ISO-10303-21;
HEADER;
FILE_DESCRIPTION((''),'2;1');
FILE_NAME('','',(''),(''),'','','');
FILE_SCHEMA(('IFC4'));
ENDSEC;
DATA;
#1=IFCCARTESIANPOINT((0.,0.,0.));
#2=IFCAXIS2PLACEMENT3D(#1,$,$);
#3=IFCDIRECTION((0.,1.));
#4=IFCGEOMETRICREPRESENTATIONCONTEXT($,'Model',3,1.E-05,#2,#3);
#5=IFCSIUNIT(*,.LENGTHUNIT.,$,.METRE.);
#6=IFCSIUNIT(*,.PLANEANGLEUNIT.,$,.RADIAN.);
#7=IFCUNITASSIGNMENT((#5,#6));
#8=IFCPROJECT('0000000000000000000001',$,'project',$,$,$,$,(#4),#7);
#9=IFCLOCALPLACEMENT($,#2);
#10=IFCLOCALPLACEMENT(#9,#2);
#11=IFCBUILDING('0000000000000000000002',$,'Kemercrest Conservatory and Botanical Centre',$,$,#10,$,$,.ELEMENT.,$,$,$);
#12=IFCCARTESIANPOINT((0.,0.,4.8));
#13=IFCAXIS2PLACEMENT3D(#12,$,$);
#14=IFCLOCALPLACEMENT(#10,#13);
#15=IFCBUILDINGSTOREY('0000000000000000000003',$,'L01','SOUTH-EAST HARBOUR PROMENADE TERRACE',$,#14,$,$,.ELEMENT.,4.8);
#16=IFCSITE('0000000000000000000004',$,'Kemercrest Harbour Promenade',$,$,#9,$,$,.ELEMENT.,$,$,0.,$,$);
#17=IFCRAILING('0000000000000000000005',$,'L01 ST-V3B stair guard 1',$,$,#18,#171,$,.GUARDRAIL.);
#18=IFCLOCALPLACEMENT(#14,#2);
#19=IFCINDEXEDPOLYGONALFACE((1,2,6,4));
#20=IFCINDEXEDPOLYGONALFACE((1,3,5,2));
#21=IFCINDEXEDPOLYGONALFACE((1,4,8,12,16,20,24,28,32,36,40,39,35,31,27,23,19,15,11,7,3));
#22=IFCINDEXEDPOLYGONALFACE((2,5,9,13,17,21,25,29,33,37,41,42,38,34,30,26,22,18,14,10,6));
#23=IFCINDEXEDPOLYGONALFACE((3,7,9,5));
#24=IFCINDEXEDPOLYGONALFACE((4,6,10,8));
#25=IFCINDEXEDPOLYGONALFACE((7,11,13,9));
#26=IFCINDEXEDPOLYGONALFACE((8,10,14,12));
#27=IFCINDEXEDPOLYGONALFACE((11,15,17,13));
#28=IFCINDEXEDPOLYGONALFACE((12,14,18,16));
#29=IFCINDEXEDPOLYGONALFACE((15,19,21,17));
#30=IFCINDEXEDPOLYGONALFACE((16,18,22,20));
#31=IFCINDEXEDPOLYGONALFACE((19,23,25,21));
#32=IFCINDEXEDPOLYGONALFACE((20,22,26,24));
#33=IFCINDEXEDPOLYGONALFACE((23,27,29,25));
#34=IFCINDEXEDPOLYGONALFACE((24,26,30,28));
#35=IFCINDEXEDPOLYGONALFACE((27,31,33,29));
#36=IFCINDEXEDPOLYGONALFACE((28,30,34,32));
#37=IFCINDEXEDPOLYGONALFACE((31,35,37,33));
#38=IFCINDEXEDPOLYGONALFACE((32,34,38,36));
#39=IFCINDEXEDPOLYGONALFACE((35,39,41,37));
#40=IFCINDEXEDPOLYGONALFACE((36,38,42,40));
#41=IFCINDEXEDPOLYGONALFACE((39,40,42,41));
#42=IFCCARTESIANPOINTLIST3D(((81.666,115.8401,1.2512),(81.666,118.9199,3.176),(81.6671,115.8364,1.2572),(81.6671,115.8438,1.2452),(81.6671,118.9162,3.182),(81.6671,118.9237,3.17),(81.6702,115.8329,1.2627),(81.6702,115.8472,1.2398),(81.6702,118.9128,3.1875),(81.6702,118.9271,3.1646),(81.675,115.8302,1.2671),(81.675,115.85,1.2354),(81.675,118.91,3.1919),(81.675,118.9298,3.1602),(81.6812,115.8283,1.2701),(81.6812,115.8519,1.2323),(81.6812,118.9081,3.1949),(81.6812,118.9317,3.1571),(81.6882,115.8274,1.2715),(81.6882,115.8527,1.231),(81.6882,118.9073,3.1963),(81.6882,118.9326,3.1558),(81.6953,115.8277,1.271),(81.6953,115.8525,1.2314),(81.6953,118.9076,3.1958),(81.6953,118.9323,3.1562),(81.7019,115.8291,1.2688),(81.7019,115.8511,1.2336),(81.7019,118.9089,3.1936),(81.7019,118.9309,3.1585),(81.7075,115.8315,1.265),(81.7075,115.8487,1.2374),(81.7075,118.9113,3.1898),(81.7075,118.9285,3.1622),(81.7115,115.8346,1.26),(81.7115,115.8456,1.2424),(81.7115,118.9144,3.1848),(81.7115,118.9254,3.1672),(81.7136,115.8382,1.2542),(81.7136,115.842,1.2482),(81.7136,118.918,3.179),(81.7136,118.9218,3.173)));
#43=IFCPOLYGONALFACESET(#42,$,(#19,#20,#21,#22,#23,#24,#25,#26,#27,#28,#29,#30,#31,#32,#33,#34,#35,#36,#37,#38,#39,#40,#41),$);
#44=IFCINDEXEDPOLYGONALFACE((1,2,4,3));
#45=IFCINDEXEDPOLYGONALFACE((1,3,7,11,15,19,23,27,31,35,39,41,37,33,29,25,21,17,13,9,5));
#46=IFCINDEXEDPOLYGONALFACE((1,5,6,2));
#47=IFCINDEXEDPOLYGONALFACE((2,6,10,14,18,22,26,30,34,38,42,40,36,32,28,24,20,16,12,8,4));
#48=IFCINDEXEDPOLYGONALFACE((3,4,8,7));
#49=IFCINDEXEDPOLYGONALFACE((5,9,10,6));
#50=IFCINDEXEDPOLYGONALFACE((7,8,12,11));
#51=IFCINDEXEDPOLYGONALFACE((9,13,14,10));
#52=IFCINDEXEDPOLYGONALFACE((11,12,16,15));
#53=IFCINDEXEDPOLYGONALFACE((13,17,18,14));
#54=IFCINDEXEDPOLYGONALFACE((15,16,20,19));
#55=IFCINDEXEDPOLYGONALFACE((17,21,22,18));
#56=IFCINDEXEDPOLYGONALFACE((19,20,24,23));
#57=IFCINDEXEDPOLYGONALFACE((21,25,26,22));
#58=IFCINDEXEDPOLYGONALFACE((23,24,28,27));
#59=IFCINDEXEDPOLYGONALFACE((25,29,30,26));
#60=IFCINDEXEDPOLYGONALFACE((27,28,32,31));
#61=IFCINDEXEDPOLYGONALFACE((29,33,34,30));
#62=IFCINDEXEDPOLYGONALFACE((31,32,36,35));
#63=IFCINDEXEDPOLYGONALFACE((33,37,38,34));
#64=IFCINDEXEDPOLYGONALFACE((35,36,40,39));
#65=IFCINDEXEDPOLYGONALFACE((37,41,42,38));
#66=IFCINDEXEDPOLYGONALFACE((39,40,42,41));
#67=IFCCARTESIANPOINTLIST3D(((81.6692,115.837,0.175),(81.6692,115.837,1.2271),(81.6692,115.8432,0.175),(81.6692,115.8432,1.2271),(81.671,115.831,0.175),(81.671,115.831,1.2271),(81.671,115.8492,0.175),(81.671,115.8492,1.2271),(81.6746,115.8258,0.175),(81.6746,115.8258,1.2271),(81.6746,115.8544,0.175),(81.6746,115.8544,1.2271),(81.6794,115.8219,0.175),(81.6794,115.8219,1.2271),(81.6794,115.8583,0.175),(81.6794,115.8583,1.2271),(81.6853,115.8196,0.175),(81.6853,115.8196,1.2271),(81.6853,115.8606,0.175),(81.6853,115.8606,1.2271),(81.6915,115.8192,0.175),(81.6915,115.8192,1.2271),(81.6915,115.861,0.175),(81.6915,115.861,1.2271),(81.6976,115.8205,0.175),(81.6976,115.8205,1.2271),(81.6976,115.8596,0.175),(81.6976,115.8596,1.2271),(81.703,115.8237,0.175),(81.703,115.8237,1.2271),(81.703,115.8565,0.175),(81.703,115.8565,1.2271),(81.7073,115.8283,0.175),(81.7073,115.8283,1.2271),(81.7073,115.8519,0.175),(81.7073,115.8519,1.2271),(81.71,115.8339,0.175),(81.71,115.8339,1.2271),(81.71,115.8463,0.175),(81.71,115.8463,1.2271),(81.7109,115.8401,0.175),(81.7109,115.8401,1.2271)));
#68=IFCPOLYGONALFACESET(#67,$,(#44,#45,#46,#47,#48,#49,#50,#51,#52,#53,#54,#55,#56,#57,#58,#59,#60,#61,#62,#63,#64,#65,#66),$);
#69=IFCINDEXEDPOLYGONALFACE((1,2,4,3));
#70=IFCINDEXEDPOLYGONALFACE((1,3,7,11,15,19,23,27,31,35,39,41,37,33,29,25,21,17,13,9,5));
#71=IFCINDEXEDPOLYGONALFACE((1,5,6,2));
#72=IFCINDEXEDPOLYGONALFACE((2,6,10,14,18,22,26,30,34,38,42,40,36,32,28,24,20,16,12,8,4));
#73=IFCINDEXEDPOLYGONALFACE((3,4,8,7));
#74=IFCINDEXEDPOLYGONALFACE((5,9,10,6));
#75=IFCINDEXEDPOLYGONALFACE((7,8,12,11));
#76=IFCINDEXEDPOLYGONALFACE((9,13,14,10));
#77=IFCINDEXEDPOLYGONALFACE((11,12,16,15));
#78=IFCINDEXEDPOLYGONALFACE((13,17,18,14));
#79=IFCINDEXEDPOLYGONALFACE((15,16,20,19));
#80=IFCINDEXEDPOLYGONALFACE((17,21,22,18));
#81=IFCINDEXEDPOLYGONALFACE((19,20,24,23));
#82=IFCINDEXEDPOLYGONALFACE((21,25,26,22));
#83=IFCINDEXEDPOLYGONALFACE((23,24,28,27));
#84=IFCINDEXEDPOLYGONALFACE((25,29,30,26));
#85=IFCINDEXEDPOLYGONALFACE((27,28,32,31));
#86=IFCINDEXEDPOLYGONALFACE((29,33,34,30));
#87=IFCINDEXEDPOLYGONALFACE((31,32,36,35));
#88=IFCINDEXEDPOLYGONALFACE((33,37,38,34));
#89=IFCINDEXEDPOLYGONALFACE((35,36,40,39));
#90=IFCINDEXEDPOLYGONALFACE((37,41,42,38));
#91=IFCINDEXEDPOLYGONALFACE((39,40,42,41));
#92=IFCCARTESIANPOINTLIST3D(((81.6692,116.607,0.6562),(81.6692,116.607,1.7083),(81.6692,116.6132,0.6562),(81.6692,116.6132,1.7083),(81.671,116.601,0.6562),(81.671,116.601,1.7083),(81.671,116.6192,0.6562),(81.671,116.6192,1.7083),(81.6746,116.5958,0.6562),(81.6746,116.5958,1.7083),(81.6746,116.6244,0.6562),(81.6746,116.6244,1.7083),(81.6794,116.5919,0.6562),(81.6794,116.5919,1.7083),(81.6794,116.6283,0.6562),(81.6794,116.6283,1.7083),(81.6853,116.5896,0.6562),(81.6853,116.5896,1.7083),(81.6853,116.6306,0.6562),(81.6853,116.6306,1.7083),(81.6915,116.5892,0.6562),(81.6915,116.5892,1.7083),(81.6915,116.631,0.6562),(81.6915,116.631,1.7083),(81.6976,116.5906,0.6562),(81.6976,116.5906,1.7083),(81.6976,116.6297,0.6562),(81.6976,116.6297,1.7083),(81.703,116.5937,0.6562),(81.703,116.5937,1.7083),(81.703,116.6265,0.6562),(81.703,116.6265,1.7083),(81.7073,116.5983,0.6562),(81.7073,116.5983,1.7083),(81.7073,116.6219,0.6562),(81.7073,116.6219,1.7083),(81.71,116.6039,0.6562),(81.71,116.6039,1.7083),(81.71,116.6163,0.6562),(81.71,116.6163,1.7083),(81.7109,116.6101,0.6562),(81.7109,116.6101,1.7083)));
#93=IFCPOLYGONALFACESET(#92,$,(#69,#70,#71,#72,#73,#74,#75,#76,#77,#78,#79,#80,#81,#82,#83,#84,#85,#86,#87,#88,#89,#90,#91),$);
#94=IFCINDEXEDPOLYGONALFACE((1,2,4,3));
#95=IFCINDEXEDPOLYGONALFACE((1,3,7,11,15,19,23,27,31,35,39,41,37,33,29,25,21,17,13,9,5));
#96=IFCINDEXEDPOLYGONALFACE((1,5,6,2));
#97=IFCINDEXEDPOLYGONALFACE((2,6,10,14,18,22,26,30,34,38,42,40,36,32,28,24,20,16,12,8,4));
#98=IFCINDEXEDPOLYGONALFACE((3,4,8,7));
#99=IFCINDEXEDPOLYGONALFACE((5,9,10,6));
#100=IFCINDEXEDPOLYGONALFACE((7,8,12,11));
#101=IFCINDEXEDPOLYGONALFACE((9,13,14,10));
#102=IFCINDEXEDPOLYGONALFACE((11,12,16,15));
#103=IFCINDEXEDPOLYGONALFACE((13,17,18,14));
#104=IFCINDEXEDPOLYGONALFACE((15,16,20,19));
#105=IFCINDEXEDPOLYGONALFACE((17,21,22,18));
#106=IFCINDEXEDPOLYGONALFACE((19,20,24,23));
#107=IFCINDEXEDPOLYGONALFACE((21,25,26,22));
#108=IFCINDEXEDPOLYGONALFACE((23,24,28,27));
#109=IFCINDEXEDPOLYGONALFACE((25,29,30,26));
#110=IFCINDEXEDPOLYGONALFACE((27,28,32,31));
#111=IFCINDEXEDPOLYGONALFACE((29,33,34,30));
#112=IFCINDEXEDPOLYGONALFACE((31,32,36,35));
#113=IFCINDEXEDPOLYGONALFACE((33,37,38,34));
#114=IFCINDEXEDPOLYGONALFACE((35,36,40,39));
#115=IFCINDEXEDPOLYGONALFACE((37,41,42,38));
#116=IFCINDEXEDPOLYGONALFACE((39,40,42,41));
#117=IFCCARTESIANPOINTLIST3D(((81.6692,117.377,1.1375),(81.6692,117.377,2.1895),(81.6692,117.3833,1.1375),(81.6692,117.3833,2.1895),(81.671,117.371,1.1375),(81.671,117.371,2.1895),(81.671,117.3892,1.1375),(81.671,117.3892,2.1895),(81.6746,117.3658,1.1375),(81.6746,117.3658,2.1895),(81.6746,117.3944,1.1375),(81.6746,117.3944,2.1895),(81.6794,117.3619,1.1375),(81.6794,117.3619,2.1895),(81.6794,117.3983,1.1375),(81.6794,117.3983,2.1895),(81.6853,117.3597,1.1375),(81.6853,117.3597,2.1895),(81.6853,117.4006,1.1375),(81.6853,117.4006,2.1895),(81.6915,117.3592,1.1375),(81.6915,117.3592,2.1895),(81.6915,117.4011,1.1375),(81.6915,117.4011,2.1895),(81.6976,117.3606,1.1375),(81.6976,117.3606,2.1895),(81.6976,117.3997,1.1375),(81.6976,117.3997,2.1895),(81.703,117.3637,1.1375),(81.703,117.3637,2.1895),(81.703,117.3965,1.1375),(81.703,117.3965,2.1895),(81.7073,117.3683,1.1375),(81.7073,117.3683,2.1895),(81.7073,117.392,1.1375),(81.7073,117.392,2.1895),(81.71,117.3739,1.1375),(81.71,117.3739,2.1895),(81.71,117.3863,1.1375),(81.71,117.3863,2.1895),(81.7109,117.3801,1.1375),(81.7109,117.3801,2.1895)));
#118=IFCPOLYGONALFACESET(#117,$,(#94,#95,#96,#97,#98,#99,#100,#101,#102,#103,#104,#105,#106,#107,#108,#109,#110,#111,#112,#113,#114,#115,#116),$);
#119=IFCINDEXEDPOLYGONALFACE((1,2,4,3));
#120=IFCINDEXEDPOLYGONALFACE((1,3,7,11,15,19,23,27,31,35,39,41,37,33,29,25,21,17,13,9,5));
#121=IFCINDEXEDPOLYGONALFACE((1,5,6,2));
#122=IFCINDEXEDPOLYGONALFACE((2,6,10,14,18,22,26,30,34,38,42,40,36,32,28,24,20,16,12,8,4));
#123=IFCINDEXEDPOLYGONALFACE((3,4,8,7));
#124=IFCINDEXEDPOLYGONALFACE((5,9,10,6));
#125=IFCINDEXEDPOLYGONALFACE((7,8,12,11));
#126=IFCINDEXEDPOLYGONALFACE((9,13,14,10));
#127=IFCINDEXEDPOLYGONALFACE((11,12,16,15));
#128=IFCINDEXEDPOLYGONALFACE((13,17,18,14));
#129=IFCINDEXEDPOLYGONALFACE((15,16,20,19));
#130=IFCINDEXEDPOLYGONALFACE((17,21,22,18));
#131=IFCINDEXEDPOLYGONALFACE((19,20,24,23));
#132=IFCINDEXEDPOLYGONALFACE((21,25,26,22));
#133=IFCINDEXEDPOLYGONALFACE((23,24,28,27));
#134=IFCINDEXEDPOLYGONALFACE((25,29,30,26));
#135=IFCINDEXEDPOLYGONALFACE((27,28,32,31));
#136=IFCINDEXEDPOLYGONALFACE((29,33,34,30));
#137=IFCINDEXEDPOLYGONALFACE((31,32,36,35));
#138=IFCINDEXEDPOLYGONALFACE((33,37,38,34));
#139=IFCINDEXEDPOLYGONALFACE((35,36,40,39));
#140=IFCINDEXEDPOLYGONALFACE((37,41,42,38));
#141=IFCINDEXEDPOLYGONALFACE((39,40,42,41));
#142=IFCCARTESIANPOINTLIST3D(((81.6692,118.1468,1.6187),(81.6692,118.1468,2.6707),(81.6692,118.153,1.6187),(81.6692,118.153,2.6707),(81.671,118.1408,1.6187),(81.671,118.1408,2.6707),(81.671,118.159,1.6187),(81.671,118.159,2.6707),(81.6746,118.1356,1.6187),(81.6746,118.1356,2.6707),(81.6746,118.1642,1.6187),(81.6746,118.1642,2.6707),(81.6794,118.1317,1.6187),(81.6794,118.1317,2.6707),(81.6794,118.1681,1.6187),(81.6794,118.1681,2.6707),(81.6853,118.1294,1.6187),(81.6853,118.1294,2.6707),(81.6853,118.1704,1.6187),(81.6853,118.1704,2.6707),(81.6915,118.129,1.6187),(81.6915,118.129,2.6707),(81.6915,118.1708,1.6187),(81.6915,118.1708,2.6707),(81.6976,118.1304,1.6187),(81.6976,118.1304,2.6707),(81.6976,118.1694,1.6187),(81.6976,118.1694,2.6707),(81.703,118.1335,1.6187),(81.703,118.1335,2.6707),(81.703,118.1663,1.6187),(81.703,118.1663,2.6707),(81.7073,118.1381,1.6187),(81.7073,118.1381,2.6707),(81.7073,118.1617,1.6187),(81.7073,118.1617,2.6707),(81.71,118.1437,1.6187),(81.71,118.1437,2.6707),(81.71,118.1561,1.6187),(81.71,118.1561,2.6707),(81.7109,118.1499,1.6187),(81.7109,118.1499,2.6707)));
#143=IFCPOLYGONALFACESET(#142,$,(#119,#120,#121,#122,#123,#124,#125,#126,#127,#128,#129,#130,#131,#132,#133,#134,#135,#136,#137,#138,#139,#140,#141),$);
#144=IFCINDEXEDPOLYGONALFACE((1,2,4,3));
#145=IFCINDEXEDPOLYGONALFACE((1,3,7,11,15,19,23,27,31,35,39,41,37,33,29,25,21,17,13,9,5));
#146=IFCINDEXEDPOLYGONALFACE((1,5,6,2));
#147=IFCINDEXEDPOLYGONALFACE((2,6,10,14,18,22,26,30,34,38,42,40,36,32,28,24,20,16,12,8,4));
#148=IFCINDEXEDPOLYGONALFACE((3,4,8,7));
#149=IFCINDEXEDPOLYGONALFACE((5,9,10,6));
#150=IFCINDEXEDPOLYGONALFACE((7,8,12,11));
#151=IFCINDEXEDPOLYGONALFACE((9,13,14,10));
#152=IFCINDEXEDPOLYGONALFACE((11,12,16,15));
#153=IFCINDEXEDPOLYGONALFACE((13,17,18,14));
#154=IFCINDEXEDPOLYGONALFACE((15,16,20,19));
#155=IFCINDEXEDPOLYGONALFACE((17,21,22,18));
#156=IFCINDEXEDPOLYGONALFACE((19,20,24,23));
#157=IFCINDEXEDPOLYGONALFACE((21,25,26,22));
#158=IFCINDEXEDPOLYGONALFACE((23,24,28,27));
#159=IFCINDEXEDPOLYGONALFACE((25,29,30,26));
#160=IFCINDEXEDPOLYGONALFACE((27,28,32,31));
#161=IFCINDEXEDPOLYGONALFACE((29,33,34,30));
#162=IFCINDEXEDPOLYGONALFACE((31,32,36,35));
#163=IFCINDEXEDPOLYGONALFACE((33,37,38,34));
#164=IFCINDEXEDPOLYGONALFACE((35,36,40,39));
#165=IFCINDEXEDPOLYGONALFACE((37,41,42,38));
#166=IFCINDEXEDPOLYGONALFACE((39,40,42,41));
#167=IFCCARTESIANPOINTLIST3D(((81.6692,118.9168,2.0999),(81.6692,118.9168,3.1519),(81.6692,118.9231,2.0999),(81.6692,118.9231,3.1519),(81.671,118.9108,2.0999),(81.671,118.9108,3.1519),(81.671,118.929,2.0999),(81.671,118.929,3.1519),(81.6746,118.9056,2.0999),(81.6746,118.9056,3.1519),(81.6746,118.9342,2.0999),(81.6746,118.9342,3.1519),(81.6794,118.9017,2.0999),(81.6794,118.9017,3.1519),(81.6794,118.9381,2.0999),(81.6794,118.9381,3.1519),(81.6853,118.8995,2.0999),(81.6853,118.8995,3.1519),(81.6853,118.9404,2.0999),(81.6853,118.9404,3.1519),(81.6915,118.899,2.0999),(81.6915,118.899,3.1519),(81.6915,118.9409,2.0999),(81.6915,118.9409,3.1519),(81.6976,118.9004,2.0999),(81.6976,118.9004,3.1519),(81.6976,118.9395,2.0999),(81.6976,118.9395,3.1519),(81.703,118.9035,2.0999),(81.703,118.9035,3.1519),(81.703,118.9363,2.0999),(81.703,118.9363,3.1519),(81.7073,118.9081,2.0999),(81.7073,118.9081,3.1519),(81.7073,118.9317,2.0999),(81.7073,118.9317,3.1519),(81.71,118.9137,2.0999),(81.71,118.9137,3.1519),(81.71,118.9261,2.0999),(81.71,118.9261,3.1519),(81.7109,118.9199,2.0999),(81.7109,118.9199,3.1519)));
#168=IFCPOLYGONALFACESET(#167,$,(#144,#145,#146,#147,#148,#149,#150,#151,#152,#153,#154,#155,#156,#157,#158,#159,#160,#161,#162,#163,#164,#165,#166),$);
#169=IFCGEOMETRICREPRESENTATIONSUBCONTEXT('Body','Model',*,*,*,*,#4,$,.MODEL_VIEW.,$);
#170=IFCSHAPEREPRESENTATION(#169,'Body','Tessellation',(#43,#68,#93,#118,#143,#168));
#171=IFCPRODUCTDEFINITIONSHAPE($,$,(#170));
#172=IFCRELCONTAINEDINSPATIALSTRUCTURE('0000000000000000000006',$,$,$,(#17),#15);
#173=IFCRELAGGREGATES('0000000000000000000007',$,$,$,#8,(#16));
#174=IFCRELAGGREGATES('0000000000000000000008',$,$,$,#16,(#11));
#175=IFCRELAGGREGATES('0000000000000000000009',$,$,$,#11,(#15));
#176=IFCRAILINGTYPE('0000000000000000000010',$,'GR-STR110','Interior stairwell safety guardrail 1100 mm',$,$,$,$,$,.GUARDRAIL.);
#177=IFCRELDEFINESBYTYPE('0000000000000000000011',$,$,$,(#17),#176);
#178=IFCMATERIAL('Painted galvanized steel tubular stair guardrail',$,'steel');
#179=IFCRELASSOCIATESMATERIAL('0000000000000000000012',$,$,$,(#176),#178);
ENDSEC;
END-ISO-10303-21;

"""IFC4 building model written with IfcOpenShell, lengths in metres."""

from ifc_helpers import new_model, si_unit, direction, frame, origin, origin_2d, place, context, subcontext, project, spatial, circle, extrude, material, type_object, element, save


model = new_model("IFC4")

# Units and contexts
model_context = context("Model", 3, precision=1e-05, world=origin(), true_north=direction((0.0, 1.0)))
body_context = subcontext(model_context, "Body", "Model", "MODEL_VIEW")
ifc_project = project(units=[si_unit("LENGTHUNIT", "METRE"), si_unit("PLANEANGLEUNIT", "RADIAN")], contexts=[model_context])

# Site, building, storey
site_placement = place(None, origin())
site = spatial("IfcSite", under=ifc_project, at=site_placement, Name="Kemercrest Harbour Promenade", CompositionType="ELEMENT", RefElevation=0.0)
building_placement = place(site_placement, origin())
building = spatial("IfcBuilding", under=site, at=building_placement, Name="Kemercrest Conservatory and Botanical Centre", CompositionType="ELEMENT")
storey_placement = place(building_placement, frame((0.0, 0.0, 4.8)))
storey = spatial("IfcBuildingStorey", under=building, at=storey_placement, Name="L01", Description="SOUTH-EAST HARBOUR PROMENADE TERRACE", CompositionType="ELEMENT", Elevation=4.8)

# Railing
ifc_material_1 = material(Name="Painted galvanized steel tubular stair guardrail", Category="steel")
railing_type_1 = type_object("IfcRailingType", Name="GR-STR110", Description="Interior stairwell safety guardrail 1100 mm", PredefinedType="GUARDRAIL", material=ifc_material_1)
railing_1_placement = place(storey_placement, frame((81.6899, 115.8401, 0.175)))
element("IfcRailing", 1, at=railing_1_placement, inside=storey, type_object=railing_type_1, Name="L01 ST-V3B stair guard 1", PredefinedType="GUARDRAIL", context=body_context, shape_type="SweptSolid", body=[
    extrude(circle(Radius=0.0239, at=origin_2d()), frame((0.0, 0.0, 1.0762), z_axis=(0.0, 0.84801, 0.529981), x_axis=(-1.0, 0.0, 0.0)), (0.0, 0.0, 1.0), 3.6318),
    extrude(circle(Radius=0.021, at=origin_2d()), origin(), (0.0, 0.0, 1.0), 1.052),
    extrude(circle(Radius=0.021, at=origin_2d()), frame((0.0, 0.77, 0.4812)), (0.0, 0.0, 1.0), 1.052),
    extrude(circle(Radius=0.021, at=origin_2d()), frame((0.0, 1.54, 0.9624)), (0.0, 0.0, 1.0), 1.052),
    extrude(circle(Radius=0.021, at=origin_2d()), frame((0.0, 2.3098, 1.4436)), (0.0, 0.0, 1.0), 1.052),
    extrude(circle(Radius=0.021, at=origin_2d()), frame((0.0, 3.0798, 1.9248)), (0.0, 0.0, 1.0), 1.052),
])

save(model, "model.ifc")
